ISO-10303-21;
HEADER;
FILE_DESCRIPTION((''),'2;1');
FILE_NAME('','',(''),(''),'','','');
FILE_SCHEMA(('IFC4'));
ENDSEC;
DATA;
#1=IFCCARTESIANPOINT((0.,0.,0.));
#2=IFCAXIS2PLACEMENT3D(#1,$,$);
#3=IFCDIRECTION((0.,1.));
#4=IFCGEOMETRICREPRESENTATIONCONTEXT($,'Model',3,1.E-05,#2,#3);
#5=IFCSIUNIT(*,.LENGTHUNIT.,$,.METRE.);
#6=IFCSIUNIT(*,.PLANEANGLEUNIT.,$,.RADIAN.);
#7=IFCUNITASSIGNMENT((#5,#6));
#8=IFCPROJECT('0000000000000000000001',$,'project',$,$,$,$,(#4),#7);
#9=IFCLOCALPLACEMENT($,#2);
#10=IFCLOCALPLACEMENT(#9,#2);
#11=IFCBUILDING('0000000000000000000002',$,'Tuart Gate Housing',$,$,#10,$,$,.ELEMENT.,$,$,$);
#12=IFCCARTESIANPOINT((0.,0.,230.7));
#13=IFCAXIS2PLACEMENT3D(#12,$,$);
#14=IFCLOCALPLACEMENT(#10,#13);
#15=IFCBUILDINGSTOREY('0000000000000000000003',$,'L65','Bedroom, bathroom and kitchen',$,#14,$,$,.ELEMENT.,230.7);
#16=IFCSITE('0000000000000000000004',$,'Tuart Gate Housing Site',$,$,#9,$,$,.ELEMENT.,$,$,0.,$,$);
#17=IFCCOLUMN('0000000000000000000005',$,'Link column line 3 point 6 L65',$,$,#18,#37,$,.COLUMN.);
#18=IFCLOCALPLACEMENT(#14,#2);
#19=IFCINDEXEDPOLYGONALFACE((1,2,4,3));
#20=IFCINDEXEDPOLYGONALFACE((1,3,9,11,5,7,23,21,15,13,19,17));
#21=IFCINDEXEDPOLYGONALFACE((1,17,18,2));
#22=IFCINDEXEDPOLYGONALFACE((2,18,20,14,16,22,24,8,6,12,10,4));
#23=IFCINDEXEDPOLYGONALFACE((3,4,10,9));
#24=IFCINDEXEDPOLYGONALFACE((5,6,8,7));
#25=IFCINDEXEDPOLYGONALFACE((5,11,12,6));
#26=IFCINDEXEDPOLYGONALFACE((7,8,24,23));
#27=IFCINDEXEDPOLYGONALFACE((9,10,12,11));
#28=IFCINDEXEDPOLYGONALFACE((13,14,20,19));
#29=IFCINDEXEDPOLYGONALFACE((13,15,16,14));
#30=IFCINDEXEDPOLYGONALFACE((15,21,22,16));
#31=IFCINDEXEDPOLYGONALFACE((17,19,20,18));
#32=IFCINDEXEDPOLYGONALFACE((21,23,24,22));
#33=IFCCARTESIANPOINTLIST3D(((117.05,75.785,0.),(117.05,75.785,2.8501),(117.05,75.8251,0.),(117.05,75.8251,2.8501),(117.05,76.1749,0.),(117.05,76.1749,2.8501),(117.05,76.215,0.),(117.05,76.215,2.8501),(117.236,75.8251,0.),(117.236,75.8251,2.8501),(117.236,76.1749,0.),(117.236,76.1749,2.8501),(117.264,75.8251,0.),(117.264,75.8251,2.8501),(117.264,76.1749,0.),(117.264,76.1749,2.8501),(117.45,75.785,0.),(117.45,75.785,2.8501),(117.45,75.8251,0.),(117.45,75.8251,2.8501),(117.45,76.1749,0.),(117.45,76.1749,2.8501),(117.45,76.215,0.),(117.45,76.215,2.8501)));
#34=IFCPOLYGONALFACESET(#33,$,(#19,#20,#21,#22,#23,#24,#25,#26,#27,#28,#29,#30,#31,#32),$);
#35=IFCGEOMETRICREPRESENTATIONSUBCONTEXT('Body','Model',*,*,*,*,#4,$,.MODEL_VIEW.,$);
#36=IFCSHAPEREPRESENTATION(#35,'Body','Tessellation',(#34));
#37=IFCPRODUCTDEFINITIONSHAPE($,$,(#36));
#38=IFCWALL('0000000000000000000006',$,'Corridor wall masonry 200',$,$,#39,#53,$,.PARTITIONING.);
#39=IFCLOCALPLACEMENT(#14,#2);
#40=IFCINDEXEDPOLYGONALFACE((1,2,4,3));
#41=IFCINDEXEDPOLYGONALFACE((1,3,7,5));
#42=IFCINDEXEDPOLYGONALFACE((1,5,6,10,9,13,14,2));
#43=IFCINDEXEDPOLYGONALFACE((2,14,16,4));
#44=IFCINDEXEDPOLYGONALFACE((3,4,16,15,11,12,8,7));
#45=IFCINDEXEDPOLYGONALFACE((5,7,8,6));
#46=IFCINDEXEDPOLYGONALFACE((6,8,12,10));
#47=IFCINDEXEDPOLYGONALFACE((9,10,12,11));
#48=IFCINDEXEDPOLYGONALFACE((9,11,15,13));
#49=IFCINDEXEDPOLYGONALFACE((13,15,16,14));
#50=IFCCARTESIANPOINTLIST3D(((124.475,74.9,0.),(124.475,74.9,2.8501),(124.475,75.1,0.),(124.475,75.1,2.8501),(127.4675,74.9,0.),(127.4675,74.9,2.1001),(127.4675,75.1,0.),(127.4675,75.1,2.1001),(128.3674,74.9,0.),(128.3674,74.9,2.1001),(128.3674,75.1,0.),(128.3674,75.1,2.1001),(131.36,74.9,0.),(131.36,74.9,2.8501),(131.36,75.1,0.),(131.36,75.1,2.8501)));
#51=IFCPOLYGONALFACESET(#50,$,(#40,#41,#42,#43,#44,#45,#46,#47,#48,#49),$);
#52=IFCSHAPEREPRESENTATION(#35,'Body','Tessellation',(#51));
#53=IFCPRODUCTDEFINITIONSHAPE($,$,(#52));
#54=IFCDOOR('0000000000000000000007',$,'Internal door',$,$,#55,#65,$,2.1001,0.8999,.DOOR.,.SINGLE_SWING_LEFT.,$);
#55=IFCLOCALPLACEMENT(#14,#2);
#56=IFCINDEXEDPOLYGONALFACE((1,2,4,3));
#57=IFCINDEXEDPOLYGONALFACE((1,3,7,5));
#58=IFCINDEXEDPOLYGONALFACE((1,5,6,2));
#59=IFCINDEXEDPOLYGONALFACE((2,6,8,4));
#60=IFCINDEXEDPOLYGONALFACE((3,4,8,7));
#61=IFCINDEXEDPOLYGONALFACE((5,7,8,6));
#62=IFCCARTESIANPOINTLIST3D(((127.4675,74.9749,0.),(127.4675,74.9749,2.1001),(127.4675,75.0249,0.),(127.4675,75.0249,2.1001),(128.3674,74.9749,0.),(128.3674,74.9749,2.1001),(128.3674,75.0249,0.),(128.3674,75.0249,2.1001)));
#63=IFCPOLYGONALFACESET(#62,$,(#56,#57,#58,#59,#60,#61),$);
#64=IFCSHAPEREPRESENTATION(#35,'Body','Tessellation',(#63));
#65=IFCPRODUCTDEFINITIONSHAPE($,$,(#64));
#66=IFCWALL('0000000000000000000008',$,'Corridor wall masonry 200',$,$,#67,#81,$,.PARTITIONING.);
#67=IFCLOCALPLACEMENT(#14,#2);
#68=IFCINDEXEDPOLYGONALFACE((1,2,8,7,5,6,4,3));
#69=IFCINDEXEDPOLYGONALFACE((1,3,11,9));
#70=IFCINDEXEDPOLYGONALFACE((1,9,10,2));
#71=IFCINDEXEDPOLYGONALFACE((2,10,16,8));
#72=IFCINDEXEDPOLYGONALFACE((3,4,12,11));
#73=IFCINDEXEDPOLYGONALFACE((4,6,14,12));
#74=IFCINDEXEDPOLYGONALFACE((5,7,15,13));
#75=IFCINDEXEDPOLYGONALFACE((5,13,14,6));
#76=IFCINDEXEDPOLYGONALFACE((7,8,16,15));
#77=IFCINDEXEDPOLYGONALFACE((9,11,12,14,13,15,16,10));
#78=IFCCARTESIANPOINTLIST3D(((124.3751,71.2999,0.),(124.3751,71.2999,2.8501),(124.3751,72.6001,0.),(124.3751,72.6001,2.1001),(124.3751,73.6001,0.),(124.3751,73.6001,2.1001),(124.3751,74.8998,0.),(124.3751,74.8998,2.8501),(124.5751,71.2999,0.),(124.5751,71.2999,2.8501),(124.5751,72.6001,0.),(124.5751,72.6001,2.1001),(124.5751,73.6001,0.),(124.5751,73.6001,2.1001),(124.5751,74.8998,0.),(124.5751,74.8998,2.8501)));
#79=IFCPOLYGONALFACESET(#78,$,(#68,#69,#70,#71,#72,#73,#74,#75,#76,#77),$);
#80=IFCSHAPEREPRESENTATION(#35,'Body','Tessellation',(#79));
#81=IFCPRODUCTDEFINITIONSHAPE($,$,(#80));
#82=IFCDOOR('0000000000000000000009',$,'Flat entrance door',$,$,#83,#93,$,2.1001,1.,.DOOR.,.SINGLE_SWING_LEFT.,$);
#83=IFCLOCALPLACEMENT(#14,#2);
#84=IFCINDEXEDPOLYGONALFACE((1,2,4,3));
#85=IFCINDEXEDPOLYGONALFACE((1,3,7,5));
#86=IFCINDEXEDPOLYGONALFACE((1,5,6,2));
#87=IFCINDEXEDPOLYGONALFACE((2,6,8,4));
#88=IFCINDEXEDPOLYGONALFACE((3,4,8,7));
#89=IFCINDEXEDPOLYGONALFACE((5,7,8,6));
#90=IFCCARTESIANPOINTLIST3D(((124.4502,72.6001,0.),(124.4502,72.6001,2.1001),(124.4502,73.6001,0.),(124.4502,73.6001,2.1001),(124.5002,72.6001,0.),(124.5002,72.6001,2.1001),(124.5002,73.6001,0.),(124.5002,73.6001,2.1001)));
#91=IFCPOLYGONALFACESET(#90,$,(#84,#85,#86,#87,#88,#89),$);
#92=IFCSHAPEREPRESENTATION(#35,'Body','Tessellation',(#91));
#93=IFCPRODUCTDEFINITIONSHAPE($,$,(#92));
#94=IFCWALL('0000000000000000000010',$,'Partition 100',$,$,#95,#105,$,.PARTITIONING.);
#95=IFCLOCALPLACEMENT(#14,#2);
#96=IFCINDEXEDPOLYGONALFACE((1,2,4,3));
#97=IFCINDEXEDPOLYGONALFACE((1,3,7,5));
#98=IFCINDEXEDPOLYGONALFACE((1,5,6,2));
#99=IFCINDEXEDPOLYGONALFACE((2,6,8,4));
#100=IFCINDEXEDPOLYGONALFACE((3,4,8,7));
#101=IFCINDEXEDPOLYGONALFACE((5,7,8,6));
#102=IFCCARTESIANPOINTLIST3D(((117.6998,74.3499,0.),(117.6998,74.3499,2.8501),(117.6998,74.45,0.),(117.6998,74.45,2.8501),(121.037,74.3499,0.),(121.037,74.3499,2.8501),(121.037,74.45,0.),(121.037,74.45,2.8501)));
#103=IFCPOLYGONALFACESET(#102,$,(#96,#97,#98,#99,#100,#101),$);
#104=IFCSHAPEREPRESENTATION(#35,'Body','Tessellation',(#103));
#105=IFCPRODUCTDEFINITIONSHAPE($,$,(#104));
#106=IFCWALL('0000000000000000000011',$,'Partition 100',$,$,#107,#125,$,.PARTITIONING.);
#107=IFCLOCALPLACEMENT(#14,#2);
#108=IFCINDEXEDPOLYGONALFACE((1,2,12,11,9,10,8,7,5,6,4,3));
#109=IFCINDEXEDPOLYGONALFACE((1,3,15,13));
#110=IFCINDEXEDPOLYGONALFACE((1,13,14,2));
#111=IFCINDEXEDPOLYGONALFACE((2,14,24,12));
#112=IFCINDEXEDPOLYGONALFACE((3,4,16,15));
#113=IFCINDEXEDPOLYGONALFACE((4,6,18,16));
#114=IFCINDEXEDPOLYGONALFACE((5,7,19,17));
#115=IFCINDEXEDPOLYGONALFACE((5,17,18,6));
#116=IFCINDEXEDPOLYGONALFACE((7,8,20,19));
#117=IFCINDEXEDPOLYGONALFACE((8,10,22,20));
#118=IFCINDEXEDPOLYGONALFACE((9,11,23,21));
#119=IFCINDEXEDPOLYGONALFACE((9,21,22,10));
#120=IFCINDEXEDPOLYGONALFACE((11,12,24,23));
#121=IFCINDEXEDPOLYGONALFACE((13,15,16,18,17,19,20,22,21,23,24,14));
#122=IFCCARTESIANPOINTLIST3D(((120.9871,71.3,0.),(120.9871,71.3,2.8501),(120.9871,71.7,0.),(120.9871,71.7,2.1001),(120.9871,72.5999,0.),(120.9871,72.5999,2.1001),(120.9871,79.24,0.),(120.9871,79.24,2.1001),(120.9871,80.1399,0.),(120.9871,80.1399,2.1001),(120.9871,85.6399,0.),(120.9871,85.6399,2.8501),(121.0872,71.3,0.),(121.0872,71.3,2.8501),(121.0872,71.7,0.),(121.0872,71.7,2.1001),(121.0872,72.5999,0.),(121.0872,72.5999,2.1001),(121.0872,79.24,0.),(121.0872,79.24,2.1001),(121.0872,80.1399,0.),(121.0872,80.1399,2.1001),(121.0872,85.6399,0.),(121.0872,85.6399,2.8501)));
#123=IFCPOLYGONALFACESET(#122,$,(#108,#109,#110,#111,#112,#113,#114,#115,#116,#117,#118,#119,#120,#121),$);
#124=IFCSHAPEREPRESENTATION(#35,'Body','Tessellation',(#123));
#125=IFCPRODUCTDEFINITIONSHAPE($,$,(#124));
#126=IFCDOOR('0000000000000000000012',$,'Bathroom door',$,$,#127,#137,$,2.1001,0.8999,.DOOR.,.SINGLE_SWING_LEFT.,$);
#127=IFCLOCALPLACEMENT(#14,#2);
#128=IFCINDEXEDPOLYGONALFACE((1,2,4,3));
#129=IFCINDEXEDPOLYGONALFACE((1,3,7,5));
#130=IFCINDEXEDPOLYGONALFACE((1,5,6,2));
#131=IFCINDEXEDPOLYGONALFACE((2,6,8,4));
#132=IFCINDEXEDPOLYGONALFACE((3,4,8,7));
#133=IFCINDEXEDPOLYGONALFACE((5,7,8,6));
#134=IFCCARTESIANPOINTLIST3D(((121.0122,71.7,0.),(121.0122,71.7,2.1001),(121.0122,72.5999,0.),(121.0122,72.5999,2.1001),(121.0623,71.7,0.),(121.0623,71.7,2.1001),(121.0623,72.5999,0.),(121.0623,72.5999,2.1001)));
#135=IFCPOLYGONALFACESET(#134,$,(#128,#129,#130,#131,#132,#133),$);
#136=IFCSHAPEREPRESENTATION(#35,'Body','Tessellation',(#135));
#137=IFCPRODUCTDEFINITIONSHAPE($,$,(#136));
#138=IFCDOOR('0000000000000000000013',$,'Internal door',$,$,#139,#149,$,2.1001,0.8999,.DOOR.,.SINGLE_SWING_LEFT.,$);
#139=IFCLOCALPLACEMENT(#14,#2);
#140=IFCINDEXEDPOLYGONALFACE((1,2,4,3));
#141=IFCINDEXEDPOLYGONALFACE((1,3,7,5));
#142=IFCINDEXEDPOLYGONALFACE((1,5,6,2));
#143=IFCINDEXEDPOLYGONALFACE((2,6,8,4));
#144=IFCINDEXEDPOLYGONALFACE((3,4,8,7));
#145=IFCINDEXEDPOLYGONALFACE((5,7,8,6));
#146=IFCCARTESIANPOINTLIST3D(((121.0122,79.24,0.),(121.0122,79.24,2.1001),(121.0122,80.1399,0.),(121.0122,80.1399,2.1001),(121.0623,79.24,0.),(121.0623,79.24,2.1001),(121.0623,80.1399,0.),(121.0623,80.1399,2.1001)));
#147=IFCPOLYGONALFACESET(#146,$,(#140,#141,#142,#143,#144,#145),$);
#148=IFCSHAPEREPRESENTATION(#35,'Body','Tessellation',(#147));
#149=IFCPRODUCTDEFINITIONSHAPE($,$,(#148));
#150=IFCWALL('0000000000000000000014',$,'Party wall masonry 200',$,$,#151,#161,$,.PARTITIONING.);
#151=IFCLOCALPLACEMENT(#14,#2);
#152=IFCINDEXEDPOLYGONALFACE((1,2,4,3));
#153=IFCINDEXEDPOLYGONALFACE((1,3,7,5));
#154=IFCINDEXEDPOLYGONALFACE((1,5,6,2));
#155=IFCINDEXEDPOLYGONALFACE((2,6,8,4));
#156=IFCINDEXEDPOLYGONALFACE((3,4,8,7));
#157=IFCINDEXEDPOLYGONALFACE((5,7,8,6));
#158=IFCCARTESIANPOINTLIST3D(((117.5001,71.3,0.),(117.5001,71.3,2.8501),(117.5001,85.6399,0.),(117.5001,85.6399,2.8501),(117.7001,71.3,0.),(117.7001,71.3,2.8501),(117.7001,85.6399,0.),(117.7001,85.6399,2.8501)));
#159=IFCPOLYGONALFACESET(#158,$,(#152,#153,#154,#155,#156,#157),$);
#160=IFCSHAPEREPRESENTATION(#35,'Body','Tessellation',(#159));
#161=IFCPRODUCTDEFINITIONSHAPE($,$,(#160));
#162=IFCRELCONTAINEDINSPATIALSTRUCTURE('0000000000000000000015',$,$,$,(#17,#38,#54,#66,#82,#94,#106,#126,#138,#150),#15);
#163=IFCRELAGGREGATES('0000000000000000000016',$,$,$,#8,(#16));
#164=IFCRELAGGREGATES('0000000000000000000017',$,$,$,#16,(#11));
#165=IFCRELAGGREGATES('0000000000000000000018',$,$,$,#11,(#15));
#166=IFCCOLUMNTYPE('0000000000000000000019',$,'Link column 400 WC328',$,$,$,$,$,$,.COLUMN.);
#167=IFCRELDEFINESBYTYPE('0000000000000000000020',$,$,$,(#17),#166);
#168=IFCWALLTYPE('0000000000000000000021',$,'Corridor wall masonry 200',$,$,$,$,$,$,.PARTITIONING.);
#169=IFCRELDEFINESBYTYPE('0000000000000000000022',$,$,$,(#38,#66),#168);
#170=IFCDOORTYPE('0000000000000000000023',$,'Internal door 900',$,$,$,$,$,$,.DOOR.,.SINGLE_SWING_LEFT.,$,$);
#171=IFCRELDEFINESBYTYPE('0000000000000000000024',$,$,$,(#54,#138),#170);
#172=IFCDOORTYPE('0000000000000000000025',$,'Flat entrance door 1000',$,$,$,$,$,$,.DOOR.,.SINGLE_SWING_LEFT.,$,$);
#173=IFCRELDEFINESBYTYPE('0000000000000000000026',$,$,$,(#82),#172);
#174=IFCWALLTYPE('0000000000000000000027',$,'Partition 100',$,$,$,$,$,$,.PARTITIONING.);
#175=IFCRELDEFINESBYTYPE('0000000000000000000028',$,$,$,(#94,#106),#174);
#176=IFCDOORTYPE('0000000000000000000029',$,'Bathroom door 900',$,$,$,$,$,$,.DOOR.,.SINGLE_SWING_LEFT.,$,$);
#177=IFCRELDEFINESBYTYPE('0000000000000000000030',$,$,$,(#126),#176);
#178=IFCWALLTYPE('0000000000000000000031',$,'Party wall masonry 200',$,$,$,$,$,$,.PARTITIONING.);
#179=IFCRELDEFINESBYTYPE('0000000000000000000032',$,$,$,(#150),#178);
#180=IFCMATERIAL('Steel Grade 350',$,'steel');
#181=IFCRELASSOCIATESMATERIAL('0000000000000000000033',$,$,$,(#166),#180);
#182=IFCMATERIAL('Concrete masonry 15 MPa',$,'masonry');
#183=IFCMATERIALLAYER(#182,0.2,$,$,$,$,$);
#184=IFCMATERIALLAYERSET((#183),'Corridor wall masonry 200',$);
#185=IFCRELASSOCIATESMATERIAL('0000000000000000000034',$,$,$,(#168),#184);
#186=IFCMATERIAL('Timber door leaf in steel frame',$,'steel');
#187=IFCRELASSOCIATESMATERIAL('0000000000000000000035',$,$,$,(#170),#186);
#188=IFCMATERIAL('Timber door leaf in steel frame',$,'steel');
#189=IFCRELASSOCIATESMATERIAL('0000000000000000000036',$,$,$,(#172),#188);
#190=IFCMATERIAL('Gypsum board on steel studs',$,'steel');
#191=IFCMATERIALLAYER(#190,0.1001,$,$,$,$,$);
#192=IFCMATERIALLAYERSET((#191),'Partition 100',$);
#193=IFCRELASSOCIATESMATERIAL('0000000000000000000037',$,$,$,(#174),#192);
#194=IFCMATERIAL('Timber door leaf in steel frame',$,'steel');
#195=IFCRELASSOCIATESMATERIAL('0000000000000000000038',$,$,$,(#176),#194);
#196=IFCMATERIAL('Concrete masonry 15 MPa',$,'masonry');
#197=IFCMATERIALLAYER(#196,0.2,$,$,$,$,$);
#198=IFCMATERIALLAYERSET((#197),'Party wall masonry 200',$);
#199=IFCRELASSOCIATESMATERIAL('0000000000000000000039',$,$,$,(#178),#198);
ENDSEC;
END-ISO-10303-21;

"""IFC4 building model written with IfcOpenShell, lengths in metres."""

from ifc_helpers import new_model, si_unit, direction, frame, frame_2d, origin, origin_2d, place, context, subcontext, project, spatial, rectangle, i_section, extrude, material, layer, layer_set, material_profile, profile_set, type_object, element, fill, save


model = new_model("IFC4")

# Units and contexts
model_context = context("Model", 3, precision=1e-05, world=origin(), true_north=direction((0.0, 1.0)))
body_context = subcontext(model_context, "Body", "Model", "MODEL_VIEW")
ifc_project = project(units=[si_unit("LENGTHUNIT", "METRE"), si_unit("PLANEANGLEUNIT", "RADIAN")], contexts=[model_context])

# Site, building, storey
site_placement = place(None, origin())
site = spatial("IfcSite", under=ifc_project, at=site_placement, Name="Tuart Gate Housing Site", CompositionType="ELEMENT", RefElevation=0.0)
building_placement = place(site_placement, origin())
building = spatial("IfcBuilding", under=site, at=building_placement, Name="Tuart Gate Housing", CompositionType="ELEMENT")
storey_placement = place(building_placement, frame((0.0, 0.0, 230.7)))
storey = spatial("IfcBuildingStorey", under=building, at=storey_placement, Name="L65", Description="Bedroom, bathroom and kitchen", CompositionType="ELEMENT", Elevation=230.7)

# Column
ifc_material_1 = material(Name="Steel Grade 350", Category="steel")
ifc_material_profile = material_profile(ifc_material_1, i_section(OverallWidth=0.3999, OverallDepth=0.4299, WebThickness=0.0281, FlangeThickness=0.04, at=origin_2d()), Name="400WC328")
ifc_profile_set = profile_set([ifc_material_profile], Name="Steel Grade 350")
column_type = type_object("IfcColumnType", Name="Link column 400 WC328", PredefinedType="COLUMN", material=ifc_profile_set)
column_placement = place(storey_placement, frame((117.25, 76.0, 0.0), z_axis=(0.0, 0.0, 1.0), x_axis=(1.0, 0.0, 0.0)))
element("IfcColumn", 1, at=column_placement, inside=storey, type_object=column_type, Name="Link column line 3 point 6 L65", PredefinedType="COLUMN", context=body_context, shape_type="SweptSolid", body=[
    extrude(i_section(OverallWidth=0.3999, OverallDepth=0.4299, WebThickness=0.0281, FlangeThickness=0.04, at=origin_2d()), origin(), (0.0, 0.0, 1.0), 2.8501),
])

# Walls, openings, doors
ifc_material_2 = material(Name="Concrete masonry 15 MPa", Category="masonry")
ifc_layer_1 = layer(ifc_material_2, 0.2)
ifc_layer_set_1 = layer_set([ifc_layer_1], Name="Corridor wall masonry 200")
wall_type_1 = type_object("IfcWallType", Name="Corridor wall masonry 200", PredefinedType="PARTITIONING", material=ifc_layer_set_1)
wall_1_placement = place(storey_placement, frame((124.4751, 75.0, 0.0), z_axis=(0.0, 0.0, 1.0), x_axis=(1.0, 0.0, 0.0)))
wall_1 = element("IfcWall", 2, at=wall_1_placement, inside=storey, type_object=wall_type_1, Name="Corridor wall masonry 200", PredefinedType="PARTITIONING", context=body_context, shape_type="SweptSolid", body=[
    extrude(rectangle(XDim=6.885, YDim=0.2, at=frame_2d((3.4424, 0.0))), origin(), (0.0, 0.0, 1.0), 2.8501),
])
opening_1_placement = place(wall_1_placement, frame((2.9924, 0.0, 0.0)))
opening_1 = element("IfcOpeningElement", 3, at=opening_1_placement, cuts=wall_1, PredefinedType="OPENING", context=body_context, shape_type="SweptSolid", body=[
    extrude(rectangle(XDim=0.8999, YDim=2.1001, at=frame_2d((0.45, 1.05))), frame((0.0, 0.1099, 0.0), z_axis=(0.0, -1.0, 0.0), x_axis=(1.0, 0.0, 0.0)), (0.0, 0.0, 1.0), 0.22),
])
ifc_material_3 = material(Name="Timber door leaf in steel frame", Category="steel")
door_type_1 = type_object("IfcDoorType", Name="Internal door 900", OperationType="SINGLE_SWING_LEFT", PredefinedType="DOOR", material=ifc_material_3)
door_1_placement = place(opening_1_placement, origin())
door_1 = element("IfcDoor", 4, at=door_1_placement, inside=storey, type_object=door_type_1, Name="Internal door", OperationType="SINGLE_SWING_LEFT", OverallHeight=2.1001, OverallWidth=0.8999, PredefinedType="DOOR", context=body_context, shape_type="SweptSolid", body=[
    extrude(rectangle(XDim=0.8999, YDim=2.1001, at=frame_2d((0.45, 1.05))), frame((0.0, 0.0249, 0.0), z_axis=(0.0, -1.0, 0.0), x_axis=(1.0, 0.0, 0.0)), (0.0, 0.0, 1.0), 0.05),
])
fill(opening_1, door_1)
wall_2_placement = place(storey_placement, frame((124.4751, 71.3, 0.0), z_axis=(0.0, 0.0, 1.0), x_axis=(0.0, 1.0, 0.0)))
wall_2 = element("IfcWall", 5, at=wall_2_placement, inside=storey, type_object=wall_type_1, Name="Corridor wall masonry 200", PredefinedType="PARTITIONING", context=body_context, shape_type="SweptSolid", body=[
    extrude(rectangle(XDim=3.5999, YDim=0.2, at=frame_2d((1.7998, 0.0))), origin(), (0.0, 0.0, 1.0), 2.8501),
])
opening_2_placement = place(wall_2_placement, frame((1.3, 0.0, 0.0)))
opening_2 = element("IfcOpeningElement", 6, at=opening_2_placement, cuts=wall_2, PredefinedType="OPENING", context=body_context, shape_type="SweptSolid", body=[
    extrude(rectangle(XDim=1.0, YDim=2.1001, at=frame_2d((0.5, 1.05))), frame((0.0, 0.1099, 0.0), z_axis=(0.0, -1.0, 0.0), x_axis=(1.0, 0.0, 0.0)), (0.0, 0.0, 1.0), 0.22),
])
ifc_material_4 = material(Name="Timber door leaf in steel frame", Category="steel")
door_type_2 = type_object("IfcDoorType", Name="Flat entrance door 1000", OperationType="SINGLE_SWING_LEFT", PredefinedType="DOOR", material=ifc_material_4)
door_2_placement = place(opening_2_placement, origin())
door_2 = element("IfcDoor", 7, at=door_2_placement, inside=storey, type_object=door_type_2, Name="Flat entrance door", OperationType="SINGLE_SWING_LEFT", OverallHeight=2.1001, OverallWidth=1.0, PredefinedType="DOOR", context=body_context, shape_type="SweptSolid", body=[
    extrude(rectangle(XDim=1.0, YDim=2.1001, at=frame_2d((0.5, 1.05))), frame((0.0, 0.0249, 0.0), z_axis=(0.0, -1.0, 0.0), x_axis=(1.0, 0.0, 0.0)), (0.0, 0.0, 1.0), 0.05),
])
fill(opening_2, door_2)

# Wall
ifc_material_5 = material(Name="Gypsum board on steel studs", Category="steel")
ifc_layer_2 = layer(ifc_material_5, 0.1001)
ifc_layer_set_2 = layer_set([ifc_layer_2], Name="Partition 100")
wall_type_2 = type_object("IfcWallType", Name="Partition 100", PredefinedType="PARTITIONING", material=ifc_layer_set_2)
wall_3_placement = place(storey_placement, frame((117.7, 74.3999, 0.0), z_axis=(0.0, 0.0, 1.0), x_axis=(1.0, 0.0, 0.0)))
element("IfcWall", 8, at=wall_3_placement, inside=storey, type_object=wall_type_2, Name="Partition 100", PredefinedType="PARTITIONING", context=body_context, shape_type="SweptSolid", body=[
    extrude(rectangle(XDim=3.3372, YDim=0.1001, at=frame_2d((1.6685, 0.0))), origin(), (0.0, 0.0, 1.0), 2.8501),
])

# Wall, openings, doors
wall_4_placement = place(storey_placement, frame((121.0371, 71.3, 0.0), z_axis=(0.0, 0.0, 1.0), x_axis=(0.0, 1.0, 0.0)))
wall_4 = element("IfcWall", 9, at=wall_4_placement, inside=storey, type_object=wall_type_2, Name="Partition 100", PredefinedType="PARTITIONING", context=body_context, shape_type="SweptSolid", body=[
    extrude(rectangle(XDim=14.3398, YDim=0.1001, at=frame_2d((7.1699, 0.0))), origin(), (0.0, 0.0, 1.0), 2.8501),
])
opening_3_placement = place(wall_4_placement, frame((7.9399, 0.0, 0.0)))
opening_3 = element("IfcOpeningElement", 10, at=opening_3_placement, cuts=wall_4, PredefinedType="OPENING", context=body_context, shape_type="SweptSolid", body=[
    extrude(rectangle(XDim=0.8999, YDim=2.1001, at=frame_2d((0.45, 1.05))), frame((0.0, 0.0601, 0.0), z_axis=(0.0, -1.0, 0.0), x_axis=(1.0, 0.0, 0.0)), (0.0, 0.0, 1.0), 0.1201),
])
opening_4_placement = place(wall_4_placement, frame((0.3999, 0.0, 0.0)))
opening_4 = element("IfcOpeningElement", 11, at=opening_4_placement, cuts=wall_4, PredefinedType="OPENING", context=body_context, shape_type="SweptSolid", body=[
    extrude(rectangle(XDim=0.8999, YDim=2.1001, at=frame_2d((0.45, 1.05))), frame((0.0, 0.0601, 0.0), z_axis=(0.0, -1.0, 0.0), x_axis=(1.0, 0.0, 0.0)), (0.0, 0.0, 1.0), 0.1201),
])
ifc_material_6 = material(Name="Timber door leaf in steel frame", Category="steel")
door_type_3 = type_object("IfcDoorType", Name="Bathroom door 900", OperationType="SINGLE_SWING_LEFT", PredefinedType="DOOR", material=ifc_material_6)
door_3_placement = place(opening_4_placement, origin())
door_3 = element("IfcDoor", 12, at=door_3_placement, inside=storey, type_object=door_type_3, Name="Bathroom door", OperationType="SINGLE_SWING_LEFT", OverallHeight=2.1001, OverallWidth=0.8999, PredefinedType="DOOR", context=body_context, shape_type="SweptSolid", body=[
    extrude(rectangle(XDim=0.8999, YDim=2.1001, at=frame_2d((0.45, 1.05))), frame((0.0, 0.0249, 0.0), z_axis=(0.0, -1.0, 0.0), x_axis=(1.0, 0.0, 0.0)), (0.0, 0.0, 1.0), 0.05),
])
fill(opening_4, door_3)
door_4_placement = place(opening_3_placement, origin())
door_4 = element("IfcDoor", 13, at=door_4_placement, inside=storey, type_object=door_type_1, Name="Internal door", OperationType="SINGLE_SWING_LEFT", OverallHeight=2.1001, OverallWidth=0.8999, PredefinedType="DOOR", context=body_context, shape_type="SweptSolid", body=[
    extrude(rectangle(XDim=0.8999, YDim=2.1001, at=frame_2d((0.45, 1.05))), frame((0.0, 0.0249, 0.0), z_axis=(0.0, -1.0, 0.0), x_axis=(1.0, 0.0, 0.0)), (0.0, 0.0, 1.0), 0.05),
])
fill(opening_3, door_4)

# Wall
ifc_material_7 = material(Name="Concrete masonry 15 MPa", Category="masonry")
ifc_layer_3 = layer(ifc_material_7, 0.2)
ifc_layer_set_3 = layer_set([ifc_layer_3], Name="Party wall masonry 200")
wall_type_3 = type_object("IfcWallType", Name="Party wall masonry 200", PredefinedType="PARTITIONING", material=ifc_layer_set_3)
wall_5_placement = place(storey_placement, frame((117.6001, 71.3, 0.0), z_axis=(0.0, 0.0, 1.0), x_axis=(0.0, 1.0, 0.0)))
element("IfcWall", 14, at=wall_5_placement, inside=storey, type_object=wall_type_3, Name="Party wall masonry 200", PredefinedType="PARTITIONING", context=body_context, shape_type="SweptSolid", body=[
    extrude(rectangle(XDim=14.3398, YDim=0.2, at=frame_2d((7.1699, 0.0))), origin(), (0.0, 0.0, 1.0), 2.8501),
])

save(model, "model.ifc")
